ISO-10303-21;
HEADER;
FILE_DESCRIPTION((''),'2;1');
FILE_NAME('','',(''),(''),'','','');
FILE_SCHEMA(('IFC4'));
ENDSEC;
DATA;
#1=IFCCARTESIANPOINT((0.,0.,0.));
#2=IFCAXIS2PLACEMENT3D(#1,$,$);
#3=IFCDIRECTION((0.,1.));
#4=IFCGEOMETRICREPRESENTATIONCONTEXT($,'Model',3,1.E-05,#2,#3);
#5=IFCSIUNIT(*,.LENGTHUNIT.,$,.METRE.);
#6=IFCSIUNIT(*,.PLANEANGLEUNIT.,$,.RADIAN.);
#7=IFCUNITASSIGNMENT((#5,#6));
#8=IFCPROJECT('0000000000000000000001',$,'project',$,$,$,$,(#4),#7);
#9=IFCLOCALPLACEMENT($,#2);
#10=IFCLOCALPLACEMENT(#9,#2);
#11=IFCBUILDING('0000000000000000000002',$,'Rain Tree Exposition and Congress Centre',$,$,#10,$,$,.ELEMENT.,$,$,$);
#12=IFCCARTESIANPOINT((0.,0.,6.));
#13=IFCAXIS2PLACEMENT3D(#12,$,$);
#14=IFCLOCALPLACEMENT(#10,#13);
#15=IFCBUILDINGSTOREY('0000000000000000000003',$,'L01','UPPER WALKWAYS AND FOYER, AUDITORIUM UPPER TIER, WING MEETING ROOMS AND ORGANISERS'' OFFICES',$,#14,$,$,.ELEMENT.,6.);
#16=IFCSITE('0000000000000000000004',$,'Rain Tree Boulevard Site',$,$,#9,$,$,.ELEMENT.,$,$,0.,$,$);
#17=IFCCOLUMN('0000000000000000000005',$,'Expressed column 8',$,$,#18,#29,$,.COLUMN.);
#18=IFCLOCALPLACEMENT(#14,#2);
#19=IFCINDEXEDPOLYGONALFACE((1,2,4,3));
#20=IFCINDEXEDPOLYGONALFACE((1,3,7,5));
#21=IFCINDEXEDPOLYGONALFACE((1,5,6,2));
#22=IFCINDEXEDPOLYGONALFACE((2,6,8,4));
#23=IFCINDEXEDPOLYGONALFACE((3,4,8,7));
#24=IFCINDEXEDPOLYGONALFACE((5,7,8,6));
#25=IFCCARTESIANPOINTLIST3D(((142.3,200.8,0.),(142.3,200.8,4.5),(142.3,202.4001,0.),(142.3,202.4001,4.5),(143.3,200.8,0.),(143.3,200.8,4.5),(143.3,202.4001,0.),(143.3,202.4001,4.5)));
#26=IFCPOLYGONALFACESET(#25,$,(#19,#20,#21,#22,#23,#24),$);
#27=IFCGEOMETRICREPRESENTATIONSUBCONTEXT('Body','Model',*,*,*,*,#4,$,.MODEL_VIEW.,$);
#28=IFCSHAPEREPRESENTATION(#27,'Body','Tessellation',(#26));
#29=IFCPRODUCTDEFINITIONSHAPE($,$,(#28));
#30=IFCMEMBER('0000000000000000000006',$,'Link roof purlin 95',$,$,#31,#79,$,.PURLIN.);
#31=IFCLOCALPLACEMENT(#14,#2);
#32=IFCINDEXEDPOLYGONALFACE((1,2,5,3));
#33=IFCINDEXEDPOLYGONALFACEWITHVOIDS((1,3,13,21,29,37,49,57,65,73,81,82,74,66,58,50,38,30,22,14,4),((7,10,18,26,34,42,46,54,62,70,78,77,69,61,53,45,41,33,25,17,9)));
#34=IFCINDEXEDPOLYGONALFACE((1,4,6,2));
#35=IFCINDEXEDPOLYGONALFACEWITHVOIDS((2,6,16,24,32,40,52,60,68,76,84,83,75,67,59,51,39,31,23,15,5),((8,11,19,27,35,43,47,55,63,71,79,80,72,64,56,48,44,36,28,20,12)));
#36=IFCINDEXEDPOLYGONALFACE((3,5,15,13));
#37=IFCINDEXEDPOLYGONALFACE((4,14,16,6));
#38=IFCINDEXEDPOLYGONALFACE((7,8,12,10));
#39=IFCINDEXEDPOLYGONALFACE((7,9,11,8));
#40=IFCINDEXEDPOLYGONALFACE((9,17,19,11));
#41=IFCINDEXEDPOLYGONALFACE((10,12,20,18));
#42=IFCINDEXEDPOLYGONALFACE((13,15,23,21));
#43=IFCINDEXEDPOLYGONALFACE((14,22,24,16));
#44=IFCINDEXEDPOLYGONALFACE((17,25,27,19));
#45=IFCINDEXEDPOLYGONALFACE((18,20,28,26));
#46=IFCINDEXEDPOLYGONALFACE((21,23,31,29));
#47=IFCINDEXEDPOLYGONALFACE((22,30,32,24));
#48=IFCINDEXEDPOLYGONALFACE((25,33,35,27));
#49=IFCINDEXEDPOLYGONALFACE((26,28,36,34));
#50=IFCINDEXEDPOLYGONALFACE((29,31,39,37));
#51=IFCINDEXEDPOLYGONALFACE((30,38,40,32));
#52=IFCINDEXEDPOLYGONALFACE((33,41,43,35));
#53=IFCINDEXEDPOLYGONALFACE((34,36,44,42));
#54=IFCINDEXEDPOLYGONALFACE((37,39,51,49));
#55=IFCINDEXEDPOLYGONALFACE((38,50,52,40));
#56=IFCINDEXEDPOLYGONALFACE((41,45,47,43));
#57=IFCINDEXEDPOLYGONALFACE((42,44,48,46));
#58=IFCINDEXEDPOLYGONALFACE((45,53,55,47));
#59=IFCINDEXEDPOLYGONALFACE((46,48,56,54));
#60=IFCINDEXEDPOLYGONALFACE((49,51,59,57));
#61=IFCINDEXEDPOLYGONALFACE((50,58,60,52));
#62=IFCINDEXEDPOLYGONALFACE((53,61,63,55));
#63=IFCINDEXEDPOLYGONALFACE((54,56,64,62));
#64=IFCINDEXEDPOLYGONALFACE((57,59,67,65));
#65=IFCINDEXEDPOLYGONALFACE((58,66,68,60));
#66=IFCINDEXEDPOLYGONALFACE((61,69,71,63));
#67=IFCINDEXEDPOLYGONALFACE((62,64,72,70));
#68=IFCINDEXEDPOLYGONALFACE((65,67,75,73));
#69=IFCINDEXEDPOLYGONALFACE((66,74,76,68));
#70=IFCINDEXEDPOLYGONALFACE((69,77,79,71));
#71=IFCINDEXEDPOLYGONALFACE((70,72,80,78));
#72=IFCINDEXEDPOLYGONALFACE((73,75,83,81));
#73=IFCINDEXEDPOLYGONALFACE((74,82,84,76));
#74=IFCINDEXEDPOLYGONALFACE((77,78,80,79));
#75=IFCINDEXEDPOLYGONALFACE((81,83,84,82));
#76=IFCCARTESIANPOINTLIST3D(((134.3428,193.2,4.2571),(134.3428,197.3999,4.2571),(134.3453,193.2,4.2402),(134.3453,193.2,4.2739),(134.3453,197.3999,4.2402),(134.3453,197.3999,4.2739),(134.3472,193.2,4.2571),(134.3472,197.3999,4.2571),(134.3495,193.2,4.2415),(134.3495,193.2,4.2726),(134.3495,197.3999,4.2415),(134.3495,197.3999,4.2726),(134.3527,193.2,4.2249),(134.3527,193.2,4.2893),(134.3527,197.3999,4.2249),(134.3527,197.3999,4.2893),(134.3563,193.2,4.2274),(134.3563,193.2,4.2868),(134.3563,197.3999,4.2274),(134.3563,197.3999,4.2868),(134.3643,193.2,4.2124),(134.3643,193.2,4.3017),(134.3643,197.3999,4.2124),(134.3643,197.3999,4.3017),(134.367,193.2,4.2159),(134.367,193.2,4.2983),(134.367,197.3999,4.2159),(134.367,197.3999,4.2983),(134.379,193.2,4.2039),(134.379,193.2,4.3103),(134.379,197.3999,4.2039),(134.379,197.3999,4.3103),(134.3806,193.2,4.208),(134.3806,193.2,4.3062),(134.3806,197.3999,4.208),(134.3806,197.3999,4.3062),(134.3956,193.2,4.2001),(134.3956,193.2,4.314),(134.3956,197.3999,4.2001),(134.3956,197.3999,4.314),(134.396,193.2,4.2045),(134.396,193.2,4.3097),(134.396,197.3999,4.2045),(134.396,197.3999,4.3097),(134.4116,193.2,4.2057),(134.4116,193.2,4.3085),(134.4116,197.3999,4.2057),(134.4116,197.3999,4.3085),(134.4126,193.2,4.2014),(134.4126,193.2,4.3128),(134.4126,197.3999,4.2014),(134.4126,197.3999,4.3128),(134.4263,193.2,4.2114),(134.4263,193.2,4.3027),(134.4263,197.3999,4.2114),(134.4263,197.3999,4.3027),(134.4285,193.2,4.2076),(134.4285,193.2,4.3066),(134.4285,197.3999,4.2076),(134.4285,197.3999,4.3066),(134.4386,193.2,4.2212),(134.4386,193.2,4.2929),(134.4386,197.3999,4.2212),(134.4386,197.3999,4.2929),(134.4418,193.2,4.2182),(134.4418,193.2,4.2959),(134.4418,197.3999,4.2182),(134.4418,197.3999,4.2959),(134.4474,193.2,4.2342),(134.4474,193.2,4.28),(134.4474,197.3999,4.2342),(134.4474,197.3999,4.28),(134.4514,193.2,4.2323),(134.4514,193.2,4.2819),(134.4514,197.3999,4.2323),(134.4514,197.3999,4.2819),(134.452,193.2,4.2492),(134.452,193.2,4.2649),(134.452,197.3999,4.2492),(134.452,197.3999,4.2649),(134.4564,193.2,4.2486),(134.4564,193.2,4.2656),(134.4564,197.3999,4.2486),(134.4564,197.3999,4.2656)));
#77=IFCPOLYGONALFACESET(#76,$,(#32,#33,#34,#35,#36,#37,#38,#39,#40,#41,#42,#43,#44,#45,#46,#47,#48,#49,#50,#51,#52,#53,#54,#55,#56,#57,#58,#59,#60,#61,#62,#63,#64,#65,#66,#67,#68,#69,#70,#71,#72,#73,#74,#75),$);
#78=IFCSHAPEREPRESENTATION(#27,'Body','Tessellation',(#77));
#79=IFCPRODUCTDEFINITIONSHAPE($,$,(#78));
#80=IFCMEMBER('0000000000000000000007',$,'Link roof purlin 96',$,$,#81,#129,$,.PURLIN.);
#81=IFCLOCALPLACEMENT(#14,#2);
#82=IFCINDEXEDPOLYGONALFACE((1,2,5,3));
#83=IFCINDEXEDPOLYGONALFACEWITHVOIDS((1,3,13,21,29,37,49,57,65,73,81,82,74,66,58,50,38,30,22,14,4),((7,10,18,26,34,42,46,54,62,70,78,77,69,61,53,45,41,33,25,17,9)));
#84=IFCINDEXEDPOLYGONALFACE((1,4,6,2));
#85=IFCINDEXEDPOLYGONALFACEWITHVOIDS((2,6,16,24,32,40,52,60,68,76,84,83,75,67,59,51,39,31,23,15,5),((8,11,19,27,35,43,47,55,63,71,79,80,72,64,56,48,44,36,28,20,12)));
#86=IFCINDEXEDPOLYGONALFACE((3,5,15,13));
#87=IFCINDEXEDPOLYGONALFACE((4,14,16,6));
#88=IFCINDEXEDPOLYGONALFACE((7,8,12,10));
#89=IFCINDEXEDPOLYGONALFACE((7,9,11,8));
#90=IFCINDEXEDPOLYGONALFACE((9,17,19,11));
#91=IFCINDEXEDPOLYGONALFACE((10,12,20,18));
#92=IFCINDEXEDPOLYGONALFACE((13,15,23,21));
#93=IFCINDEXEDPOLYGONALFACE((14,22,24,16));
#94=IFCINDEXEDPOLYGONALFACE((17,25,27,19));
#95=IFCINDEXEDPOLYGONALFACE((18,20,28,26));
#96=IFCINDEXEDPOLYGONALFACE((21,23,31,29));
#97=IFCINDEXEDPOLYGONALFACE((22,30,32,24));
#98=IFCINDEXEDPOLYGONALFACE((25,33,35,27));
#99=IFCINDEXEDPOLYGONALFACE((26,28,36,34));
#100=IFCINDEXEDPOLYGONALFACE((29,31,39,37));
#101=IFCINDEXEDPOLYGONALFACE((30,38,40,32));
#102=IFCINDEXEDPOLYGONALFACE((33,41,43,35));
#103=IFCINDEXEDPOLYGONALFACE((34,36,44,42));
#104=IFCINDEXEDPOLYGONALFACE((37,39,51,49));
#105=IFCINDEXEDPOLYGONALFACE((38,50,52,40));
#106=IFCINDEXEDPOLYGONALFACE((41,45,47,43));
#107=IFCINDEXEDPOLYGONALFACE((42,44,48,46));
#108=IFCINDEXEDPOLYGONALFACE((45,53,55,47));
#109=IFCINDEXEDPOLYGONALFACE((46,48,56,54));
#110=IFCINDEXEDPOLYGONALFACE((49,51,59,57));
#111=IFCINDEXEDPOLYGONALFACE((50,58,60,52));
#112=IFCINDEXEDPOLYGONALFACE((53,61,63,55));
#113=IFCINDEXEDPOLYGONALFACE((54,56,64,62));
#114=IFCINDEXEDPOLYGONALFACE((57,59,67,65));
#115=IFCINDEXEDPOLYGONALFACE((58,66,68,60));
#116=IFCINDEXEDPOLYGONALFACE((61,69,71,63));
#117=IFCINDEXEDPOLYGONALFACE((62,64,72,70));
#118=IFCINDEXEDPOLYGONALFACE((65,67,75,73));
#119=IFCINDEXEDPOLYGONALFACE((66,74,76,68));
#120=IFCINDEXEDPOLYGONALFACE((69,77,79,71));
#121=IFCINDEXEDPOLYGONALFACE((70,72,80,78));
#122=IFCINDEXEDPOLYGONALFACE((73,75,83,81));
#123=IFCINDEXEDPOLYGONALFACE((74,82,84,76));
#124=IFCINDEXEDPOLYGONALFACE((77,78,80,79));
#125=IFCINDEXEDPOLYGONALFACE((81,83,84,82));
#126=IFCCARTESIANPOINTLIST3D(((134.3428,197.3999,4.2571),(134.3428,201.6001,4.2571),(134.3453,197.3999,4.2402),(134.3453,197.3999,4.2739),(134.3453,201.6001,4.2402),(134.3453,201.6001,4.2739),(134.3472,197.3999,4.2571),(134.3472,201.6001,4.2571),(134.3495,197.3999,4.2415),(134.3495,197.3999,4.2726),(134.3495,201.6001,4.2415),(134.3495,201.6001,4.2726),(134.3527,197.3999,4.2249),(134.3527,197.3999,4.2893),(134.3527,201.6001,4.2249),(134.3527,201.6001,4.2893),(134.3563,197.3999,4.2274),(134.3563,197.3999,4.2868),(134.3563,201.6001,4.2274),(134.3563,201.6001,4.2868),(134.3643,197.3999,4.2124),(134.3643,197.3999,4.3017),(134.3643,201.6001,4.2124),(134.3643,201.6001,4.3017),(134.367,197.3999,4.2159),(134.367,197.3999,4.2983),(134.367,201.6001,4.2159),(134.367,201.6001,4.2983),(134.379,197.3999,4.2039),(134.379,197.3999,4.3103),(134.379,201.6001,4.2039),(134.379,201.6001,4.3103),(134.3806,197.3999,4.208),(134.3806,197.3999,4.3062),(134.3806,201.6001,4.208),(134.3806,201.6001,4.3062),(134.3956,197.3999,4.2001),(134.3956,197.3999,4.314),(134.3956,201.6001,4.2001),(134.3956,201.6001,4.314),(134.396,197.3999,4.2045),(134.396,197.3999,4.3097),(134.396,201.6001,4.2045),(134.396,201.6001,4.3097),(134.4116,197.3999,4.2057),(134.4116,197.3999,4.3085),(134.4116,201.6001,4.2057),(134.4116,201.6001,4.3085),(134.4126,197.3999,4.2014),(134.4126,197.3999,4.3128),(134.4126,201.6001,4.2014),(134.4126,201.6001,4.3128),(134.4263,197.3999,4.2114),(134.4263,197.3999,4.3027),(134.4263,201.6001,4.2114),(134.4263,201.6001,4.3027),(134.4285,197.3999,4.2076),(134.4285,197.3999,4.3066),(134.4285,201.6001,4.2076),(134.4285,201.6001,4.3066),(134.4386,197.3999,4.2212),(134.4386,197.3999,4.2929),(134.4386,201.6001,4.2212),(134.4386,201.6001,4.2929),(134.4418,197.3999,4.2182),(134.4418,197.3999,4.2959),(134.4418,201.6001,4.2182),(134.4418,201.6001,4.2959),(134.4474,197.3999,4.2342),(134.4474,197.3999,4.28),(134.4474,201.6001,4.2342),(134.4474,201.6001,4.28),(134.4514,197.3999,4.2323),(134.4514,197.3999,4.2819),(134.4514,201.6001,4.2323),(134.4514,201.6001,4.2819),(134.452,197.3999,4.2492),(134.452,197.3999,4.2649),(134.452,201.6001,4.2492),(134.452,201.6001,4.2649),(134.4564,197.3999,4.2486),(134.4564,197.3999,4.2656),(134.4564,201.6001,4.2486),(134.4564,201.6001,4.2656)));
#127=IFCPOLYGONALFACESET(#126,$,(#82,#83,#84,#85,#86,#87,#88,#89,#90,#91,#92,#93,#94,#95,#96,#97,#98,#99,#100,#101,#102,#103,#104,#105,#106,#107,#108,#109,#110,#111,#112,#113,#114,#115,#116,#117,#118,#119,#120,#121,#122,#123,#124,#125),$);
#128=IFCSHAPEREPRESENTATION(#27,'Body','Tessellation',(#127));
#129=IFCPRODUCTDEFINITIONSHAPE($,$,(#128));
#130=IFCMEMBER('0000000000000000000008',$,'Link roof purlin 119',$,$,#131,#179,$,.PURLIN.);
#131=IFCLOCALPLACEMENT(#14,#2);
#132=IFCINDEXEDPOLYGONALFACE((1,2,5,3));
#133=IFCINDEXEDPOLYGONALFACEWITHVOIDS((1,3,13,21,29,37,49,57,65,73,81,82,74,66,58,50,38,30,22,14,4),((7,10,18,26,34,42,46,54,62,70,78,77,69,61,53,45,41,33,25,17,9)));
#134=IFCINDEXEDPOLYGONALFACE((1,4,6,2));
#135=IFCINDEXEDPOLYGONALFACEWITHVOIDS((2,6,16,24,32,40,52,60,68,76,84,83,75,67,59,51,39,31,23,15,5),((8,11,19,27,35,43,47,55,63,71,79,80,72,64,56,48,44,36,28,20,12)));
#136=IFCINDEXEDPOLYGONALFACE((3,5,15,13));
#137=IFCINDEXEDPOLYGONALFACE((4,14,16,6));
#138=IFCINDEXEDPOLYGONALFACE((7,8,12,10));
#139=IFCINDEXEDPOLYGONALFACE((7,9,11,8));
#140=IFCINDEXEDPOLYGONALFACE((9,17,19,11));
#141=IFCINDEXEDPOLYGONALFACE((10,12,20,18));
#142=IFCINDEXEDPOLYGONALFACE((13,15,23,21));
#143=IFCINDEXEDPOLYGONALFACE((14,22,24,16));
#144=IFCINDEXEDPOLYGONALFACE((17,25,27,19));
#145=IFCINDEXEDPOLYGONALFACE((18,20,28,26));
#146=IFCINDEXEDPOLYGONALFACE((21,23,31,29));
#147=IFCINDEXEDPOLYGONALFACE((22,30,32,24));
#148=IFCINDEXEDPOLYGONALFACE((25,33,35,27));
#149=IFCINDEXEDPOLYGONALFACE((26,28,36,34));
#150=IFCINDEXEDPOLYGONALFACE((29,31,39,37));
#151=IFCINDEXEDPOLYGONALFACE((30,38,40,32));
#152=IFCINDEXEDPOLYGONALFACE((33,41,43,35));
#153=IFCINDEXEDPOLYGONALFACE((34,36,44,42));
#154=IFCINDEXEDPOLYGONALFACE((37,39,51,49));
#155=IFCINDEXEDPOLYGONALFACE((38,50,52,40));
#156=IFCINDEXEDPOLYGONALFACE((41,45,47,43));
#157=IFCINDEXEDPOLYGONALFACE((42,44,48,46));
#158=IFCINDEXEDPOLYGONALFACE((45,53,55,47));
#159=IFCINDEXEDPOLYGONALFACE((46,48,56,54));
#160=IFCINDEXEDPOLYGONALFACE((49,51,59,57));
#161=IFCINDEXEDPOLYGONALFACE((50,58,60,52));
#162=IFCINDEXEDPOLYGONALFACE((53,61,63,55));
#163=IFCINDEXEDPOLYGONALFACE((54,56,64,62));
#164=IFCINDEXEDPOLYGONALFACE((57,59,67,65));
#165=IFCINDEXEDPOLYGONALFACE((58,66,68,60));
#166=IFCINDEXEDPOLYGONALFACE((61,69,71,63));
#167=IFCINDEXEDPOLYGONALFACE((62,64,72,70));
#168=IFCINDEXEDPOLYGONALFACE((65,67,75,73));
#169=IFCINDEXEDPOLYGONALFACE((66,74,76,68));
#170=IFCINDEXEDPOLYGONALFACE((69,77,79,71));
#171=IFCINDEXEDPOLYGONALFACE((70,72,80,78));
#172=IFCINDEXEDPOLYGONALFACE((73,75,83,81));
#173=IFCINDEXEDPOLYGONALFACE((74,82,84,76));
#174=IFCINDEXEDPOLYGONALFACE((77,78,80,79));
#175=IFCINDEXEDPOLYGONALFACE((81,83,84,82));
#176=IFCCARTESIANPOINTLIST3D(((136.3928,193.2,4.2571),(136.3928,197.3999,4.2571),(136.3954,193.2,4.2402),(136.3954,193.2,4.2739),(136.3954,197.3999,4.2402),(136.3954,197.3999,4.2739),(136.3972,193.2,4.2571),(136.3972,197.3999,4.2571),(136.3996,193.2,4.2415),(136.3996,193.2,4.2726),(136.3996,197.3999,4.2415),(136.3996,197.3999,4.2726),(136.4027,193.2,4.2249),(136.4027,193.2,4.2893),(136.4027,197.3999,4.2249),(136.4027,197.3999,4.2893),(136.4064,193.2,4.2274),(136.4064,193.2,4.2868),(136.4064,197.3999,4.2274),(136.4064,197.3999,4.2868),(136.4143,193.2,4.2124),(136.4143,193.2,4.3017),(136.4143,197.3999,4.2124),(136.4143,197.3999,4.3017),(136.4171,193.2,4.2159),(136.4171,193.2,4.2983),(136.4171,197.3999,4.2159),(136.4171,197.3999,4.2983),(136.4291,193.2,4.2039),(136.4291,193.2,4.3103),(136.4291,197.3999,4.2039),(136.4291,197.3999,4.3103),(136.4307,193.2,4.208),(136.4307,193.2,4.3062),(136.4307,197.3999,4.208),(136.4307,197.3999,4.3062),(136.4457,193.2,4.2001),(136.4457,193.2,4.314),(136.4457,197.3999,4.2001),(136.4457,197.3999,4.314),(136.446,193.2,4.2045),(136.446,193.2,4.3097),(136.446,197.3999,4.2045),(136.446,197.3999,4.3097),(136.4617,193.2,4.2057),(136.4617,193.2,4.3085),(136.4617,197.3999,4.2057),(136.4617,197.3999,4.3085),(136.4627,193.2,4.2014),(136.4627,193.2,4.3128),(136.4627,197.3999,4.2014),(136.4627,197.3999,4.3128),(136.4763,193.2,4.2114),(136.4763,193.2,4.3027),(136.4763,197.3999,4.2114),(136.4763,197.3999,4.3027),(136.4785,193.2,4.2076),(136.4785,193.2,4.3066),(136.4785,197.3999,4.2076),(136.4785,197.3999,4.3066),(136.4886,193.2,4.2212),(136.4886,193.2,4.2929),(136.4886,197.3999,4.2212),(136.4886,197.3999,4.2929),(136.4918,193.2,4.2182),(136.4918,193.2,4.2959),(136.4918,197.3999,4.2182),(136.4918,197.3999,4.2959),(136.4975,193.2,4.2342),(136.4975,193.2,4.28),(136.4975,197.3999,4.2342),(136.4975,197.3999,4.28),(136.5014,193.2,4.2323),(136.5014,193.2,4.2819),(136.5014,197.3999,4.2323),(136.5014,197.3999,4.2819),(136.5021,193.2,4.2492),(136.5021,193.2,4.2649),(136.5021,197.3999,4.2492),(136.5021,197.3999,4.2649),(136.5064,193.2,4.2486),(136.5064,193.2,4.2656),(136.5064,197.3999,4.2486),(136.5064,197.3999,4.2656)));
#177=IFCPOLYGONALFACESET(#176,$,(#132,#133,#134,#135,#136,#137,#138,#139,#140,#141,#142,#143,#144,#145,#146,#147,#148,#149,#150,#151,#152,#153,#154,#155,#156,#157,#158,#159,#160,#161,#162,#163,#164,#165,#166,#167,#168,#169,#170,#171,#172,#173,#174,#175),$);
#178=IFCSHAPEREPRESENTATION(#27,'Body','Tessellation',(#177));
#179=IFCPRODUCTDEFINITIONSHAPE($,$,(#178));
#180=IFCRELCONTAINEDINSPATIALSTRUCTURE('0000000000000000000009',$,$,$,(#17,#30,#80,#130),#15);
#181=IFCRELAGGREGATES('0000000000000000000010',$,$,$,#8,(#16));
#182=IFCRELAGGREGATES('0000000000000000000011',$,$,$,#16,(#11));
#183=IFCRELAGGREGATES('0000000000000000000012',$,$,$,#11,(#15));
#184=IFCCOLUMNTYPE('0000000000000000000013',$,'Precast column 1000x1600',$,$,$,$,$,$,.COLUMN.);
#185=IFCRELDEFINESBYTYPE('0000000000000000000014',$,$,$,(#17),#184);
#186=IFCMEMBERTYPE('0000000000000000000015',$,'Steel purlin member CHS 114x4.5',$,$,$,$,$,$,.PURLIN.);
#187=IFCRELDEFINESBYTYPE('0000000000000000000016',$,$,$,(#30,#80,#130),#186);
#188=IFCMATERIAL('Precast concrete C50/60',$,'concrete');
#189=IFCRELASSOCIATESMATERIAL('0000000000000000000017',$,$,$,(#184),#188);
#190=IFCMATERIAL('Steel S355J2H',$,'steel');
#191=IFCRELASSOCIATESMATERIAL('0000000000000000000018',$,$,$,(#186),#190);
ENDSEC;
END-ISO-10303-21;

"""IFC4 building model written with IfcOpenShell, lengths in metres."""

from ifc_helpers import new_model, si_unit, direction, frame, origin, origin_2d, place, context, subcontext, project, spatial, rectangle, hollow_circle, extrude, material, material_profile, profile_set, type_object, element, save


model = new_model("IFC4")

# Units and contexts
model_context = context("Model", 3, precision=1e-05, world=origin(), true_north=direction((0.0, 1.0)))
body_context = subcontext(model_context, "Body", "Model", "MODEL_VIEW")
ifc_project = project(units=[si_unit("LENGTHUNIT", "METRE"), si_unit("PLANEANGLEUNIT", "RADIAN")], contexts=[model_context])

# Site, building, storey
site_placement = place(None, origin())
site = spatial("IfcSite", under=ifc_project, at=site_placement, Name="Rain Tree Boulevard Site", CompositionType="ELEMENT", RefElevation=0.0)
building_placement = place(site_placement, origin())
building = spatial("IfcBuilding", under=site, at=building_placement, Name="Rain Tree Exposition and Congress Centre", CompositionType="ELEMENT")
storey_placement = place(building_placement, frame((0.0, 0.0, 6.0)))
storey = spatial("IfcBuildingStorey", under=building, at=storey_placement, Name="L01", Description="UPPER WALKWAYS AND FOYER, AUDITORIUM UPPER TIER, WING MEETING ROOMS AND ORGANISERS' OFFICES", CompositionType="ELEMENT", Elevation=6.0)

# Column
ifc_material_1 = material(Name="Precast concrete C50/60", Category="concrete")
ifc_material_profile_1 = material_profile(ifc_material_1, rectangle(XDim=1.0, YDim=1.6001, at=origin_2d()), Name="RC 1000x1600")
ifc_profile_set_1 = profile_set([ifc_material_profile_1], Name="Precast concrete C50/60")
column_type = type_object("IfcColumnType", Name="Precast column 1000x1600", PredefinedType="COLUMN", material=ifc_profile_set_1)
column_placement = place(storey_placement, frame((142.8, 201.6001, 0.0), z_axis=(0.0, 0.0, 1.0), x_axis=(1.0, 0.0, 0.0)))
element("IfcColumn", 1, at=column_placement, inside=storey, type_object=column_type, Name="Expressed column 8", PredefinedType="COLUMN", context=body_context, shape_type="SweptSolid", body=[
    extrude(rectangle(XDim=1.0, YDim=1.6001, at=origin_2d()), origin(), (0.0, 0.0, 1.0), 4.5),
])

# Members
ifc_material_2 = material(Name="Steel S355J2H", Category="steel")
ifc_material_profile_2 = material_profile(ifc_material_2, hollow_circle(Radius=0.0571, WallThickness=0.0044, at=origin_2d()), Name="CHS 114x4.5")
ifc_profile_set_2 = profile_set([ifc_material_profile_2], Name="Steel S355J2H")
member_type = type_object("IfcMemberType", Name="Steel purlin member CHS 114x4.5", PredefinedType="PURLIN", material=ifc_profile_set_2)
member_1_placement = place(storey_placement, frame((134.3999, 193.2, 4.2571), z_axis=(0.0, 1.0, 0.0), x_axis=(-1.0, 0.0, 0.0)))
element("IfcMember", 2, at=member_1_placement, inside=storey, type_object=member_type, Name="Link roof purlin 95", PredefinedType="PURLIN", context=body_context, shape_type="SweptSolid", body=[
    extrude(hollow_circle(Radius=0.0571, WallThickness=0.0044, at=origin_2d()), origin(), (0.0, 0.0, 1.0), 4.2),
])
member_2_placement = place(storey_placement, frame((134.3999, 197.3999, 4.2571), z_axis=(0.0, 1.0, 0.0), x_axis=(-1.0, 0.0, 0.0)))
element("IfcMember", 3, at=member_2_placement, inside=storey, type_object=member_type, Name="Link roof purlin 96", PredefinedType="PURLIN", context=body_context, shape_type="SweptSolid", body=[
    extrude(hollow_circle(Radius=0.0571, WallThickness=0.0044, at=origin_2d()), origin(), (0.0, 0.0, 1.0), 4.2002),
])
member_3_placement = place(storey_placement, frame((136.45, 193.2, 4.2571), z_axis=(0.0, 1.0, 0.0), x_axis=(-1.0, 0.0, 0.0)))
element("IfcMember", 4, at=member_3_placement, inside=storey, type_object=member_type, Name="Link roof purlin 119", PredefinedType="PURLIN", context=body_context, shape_type="SweptSolid", body=[
    extrude(hollow_circle(Radius=0.0571, WallThickness=0.0044, at=origin_2d()), origin(), (0.0, 0.0, 1.0), 4.2),
])

save(model, "model.ifc")
